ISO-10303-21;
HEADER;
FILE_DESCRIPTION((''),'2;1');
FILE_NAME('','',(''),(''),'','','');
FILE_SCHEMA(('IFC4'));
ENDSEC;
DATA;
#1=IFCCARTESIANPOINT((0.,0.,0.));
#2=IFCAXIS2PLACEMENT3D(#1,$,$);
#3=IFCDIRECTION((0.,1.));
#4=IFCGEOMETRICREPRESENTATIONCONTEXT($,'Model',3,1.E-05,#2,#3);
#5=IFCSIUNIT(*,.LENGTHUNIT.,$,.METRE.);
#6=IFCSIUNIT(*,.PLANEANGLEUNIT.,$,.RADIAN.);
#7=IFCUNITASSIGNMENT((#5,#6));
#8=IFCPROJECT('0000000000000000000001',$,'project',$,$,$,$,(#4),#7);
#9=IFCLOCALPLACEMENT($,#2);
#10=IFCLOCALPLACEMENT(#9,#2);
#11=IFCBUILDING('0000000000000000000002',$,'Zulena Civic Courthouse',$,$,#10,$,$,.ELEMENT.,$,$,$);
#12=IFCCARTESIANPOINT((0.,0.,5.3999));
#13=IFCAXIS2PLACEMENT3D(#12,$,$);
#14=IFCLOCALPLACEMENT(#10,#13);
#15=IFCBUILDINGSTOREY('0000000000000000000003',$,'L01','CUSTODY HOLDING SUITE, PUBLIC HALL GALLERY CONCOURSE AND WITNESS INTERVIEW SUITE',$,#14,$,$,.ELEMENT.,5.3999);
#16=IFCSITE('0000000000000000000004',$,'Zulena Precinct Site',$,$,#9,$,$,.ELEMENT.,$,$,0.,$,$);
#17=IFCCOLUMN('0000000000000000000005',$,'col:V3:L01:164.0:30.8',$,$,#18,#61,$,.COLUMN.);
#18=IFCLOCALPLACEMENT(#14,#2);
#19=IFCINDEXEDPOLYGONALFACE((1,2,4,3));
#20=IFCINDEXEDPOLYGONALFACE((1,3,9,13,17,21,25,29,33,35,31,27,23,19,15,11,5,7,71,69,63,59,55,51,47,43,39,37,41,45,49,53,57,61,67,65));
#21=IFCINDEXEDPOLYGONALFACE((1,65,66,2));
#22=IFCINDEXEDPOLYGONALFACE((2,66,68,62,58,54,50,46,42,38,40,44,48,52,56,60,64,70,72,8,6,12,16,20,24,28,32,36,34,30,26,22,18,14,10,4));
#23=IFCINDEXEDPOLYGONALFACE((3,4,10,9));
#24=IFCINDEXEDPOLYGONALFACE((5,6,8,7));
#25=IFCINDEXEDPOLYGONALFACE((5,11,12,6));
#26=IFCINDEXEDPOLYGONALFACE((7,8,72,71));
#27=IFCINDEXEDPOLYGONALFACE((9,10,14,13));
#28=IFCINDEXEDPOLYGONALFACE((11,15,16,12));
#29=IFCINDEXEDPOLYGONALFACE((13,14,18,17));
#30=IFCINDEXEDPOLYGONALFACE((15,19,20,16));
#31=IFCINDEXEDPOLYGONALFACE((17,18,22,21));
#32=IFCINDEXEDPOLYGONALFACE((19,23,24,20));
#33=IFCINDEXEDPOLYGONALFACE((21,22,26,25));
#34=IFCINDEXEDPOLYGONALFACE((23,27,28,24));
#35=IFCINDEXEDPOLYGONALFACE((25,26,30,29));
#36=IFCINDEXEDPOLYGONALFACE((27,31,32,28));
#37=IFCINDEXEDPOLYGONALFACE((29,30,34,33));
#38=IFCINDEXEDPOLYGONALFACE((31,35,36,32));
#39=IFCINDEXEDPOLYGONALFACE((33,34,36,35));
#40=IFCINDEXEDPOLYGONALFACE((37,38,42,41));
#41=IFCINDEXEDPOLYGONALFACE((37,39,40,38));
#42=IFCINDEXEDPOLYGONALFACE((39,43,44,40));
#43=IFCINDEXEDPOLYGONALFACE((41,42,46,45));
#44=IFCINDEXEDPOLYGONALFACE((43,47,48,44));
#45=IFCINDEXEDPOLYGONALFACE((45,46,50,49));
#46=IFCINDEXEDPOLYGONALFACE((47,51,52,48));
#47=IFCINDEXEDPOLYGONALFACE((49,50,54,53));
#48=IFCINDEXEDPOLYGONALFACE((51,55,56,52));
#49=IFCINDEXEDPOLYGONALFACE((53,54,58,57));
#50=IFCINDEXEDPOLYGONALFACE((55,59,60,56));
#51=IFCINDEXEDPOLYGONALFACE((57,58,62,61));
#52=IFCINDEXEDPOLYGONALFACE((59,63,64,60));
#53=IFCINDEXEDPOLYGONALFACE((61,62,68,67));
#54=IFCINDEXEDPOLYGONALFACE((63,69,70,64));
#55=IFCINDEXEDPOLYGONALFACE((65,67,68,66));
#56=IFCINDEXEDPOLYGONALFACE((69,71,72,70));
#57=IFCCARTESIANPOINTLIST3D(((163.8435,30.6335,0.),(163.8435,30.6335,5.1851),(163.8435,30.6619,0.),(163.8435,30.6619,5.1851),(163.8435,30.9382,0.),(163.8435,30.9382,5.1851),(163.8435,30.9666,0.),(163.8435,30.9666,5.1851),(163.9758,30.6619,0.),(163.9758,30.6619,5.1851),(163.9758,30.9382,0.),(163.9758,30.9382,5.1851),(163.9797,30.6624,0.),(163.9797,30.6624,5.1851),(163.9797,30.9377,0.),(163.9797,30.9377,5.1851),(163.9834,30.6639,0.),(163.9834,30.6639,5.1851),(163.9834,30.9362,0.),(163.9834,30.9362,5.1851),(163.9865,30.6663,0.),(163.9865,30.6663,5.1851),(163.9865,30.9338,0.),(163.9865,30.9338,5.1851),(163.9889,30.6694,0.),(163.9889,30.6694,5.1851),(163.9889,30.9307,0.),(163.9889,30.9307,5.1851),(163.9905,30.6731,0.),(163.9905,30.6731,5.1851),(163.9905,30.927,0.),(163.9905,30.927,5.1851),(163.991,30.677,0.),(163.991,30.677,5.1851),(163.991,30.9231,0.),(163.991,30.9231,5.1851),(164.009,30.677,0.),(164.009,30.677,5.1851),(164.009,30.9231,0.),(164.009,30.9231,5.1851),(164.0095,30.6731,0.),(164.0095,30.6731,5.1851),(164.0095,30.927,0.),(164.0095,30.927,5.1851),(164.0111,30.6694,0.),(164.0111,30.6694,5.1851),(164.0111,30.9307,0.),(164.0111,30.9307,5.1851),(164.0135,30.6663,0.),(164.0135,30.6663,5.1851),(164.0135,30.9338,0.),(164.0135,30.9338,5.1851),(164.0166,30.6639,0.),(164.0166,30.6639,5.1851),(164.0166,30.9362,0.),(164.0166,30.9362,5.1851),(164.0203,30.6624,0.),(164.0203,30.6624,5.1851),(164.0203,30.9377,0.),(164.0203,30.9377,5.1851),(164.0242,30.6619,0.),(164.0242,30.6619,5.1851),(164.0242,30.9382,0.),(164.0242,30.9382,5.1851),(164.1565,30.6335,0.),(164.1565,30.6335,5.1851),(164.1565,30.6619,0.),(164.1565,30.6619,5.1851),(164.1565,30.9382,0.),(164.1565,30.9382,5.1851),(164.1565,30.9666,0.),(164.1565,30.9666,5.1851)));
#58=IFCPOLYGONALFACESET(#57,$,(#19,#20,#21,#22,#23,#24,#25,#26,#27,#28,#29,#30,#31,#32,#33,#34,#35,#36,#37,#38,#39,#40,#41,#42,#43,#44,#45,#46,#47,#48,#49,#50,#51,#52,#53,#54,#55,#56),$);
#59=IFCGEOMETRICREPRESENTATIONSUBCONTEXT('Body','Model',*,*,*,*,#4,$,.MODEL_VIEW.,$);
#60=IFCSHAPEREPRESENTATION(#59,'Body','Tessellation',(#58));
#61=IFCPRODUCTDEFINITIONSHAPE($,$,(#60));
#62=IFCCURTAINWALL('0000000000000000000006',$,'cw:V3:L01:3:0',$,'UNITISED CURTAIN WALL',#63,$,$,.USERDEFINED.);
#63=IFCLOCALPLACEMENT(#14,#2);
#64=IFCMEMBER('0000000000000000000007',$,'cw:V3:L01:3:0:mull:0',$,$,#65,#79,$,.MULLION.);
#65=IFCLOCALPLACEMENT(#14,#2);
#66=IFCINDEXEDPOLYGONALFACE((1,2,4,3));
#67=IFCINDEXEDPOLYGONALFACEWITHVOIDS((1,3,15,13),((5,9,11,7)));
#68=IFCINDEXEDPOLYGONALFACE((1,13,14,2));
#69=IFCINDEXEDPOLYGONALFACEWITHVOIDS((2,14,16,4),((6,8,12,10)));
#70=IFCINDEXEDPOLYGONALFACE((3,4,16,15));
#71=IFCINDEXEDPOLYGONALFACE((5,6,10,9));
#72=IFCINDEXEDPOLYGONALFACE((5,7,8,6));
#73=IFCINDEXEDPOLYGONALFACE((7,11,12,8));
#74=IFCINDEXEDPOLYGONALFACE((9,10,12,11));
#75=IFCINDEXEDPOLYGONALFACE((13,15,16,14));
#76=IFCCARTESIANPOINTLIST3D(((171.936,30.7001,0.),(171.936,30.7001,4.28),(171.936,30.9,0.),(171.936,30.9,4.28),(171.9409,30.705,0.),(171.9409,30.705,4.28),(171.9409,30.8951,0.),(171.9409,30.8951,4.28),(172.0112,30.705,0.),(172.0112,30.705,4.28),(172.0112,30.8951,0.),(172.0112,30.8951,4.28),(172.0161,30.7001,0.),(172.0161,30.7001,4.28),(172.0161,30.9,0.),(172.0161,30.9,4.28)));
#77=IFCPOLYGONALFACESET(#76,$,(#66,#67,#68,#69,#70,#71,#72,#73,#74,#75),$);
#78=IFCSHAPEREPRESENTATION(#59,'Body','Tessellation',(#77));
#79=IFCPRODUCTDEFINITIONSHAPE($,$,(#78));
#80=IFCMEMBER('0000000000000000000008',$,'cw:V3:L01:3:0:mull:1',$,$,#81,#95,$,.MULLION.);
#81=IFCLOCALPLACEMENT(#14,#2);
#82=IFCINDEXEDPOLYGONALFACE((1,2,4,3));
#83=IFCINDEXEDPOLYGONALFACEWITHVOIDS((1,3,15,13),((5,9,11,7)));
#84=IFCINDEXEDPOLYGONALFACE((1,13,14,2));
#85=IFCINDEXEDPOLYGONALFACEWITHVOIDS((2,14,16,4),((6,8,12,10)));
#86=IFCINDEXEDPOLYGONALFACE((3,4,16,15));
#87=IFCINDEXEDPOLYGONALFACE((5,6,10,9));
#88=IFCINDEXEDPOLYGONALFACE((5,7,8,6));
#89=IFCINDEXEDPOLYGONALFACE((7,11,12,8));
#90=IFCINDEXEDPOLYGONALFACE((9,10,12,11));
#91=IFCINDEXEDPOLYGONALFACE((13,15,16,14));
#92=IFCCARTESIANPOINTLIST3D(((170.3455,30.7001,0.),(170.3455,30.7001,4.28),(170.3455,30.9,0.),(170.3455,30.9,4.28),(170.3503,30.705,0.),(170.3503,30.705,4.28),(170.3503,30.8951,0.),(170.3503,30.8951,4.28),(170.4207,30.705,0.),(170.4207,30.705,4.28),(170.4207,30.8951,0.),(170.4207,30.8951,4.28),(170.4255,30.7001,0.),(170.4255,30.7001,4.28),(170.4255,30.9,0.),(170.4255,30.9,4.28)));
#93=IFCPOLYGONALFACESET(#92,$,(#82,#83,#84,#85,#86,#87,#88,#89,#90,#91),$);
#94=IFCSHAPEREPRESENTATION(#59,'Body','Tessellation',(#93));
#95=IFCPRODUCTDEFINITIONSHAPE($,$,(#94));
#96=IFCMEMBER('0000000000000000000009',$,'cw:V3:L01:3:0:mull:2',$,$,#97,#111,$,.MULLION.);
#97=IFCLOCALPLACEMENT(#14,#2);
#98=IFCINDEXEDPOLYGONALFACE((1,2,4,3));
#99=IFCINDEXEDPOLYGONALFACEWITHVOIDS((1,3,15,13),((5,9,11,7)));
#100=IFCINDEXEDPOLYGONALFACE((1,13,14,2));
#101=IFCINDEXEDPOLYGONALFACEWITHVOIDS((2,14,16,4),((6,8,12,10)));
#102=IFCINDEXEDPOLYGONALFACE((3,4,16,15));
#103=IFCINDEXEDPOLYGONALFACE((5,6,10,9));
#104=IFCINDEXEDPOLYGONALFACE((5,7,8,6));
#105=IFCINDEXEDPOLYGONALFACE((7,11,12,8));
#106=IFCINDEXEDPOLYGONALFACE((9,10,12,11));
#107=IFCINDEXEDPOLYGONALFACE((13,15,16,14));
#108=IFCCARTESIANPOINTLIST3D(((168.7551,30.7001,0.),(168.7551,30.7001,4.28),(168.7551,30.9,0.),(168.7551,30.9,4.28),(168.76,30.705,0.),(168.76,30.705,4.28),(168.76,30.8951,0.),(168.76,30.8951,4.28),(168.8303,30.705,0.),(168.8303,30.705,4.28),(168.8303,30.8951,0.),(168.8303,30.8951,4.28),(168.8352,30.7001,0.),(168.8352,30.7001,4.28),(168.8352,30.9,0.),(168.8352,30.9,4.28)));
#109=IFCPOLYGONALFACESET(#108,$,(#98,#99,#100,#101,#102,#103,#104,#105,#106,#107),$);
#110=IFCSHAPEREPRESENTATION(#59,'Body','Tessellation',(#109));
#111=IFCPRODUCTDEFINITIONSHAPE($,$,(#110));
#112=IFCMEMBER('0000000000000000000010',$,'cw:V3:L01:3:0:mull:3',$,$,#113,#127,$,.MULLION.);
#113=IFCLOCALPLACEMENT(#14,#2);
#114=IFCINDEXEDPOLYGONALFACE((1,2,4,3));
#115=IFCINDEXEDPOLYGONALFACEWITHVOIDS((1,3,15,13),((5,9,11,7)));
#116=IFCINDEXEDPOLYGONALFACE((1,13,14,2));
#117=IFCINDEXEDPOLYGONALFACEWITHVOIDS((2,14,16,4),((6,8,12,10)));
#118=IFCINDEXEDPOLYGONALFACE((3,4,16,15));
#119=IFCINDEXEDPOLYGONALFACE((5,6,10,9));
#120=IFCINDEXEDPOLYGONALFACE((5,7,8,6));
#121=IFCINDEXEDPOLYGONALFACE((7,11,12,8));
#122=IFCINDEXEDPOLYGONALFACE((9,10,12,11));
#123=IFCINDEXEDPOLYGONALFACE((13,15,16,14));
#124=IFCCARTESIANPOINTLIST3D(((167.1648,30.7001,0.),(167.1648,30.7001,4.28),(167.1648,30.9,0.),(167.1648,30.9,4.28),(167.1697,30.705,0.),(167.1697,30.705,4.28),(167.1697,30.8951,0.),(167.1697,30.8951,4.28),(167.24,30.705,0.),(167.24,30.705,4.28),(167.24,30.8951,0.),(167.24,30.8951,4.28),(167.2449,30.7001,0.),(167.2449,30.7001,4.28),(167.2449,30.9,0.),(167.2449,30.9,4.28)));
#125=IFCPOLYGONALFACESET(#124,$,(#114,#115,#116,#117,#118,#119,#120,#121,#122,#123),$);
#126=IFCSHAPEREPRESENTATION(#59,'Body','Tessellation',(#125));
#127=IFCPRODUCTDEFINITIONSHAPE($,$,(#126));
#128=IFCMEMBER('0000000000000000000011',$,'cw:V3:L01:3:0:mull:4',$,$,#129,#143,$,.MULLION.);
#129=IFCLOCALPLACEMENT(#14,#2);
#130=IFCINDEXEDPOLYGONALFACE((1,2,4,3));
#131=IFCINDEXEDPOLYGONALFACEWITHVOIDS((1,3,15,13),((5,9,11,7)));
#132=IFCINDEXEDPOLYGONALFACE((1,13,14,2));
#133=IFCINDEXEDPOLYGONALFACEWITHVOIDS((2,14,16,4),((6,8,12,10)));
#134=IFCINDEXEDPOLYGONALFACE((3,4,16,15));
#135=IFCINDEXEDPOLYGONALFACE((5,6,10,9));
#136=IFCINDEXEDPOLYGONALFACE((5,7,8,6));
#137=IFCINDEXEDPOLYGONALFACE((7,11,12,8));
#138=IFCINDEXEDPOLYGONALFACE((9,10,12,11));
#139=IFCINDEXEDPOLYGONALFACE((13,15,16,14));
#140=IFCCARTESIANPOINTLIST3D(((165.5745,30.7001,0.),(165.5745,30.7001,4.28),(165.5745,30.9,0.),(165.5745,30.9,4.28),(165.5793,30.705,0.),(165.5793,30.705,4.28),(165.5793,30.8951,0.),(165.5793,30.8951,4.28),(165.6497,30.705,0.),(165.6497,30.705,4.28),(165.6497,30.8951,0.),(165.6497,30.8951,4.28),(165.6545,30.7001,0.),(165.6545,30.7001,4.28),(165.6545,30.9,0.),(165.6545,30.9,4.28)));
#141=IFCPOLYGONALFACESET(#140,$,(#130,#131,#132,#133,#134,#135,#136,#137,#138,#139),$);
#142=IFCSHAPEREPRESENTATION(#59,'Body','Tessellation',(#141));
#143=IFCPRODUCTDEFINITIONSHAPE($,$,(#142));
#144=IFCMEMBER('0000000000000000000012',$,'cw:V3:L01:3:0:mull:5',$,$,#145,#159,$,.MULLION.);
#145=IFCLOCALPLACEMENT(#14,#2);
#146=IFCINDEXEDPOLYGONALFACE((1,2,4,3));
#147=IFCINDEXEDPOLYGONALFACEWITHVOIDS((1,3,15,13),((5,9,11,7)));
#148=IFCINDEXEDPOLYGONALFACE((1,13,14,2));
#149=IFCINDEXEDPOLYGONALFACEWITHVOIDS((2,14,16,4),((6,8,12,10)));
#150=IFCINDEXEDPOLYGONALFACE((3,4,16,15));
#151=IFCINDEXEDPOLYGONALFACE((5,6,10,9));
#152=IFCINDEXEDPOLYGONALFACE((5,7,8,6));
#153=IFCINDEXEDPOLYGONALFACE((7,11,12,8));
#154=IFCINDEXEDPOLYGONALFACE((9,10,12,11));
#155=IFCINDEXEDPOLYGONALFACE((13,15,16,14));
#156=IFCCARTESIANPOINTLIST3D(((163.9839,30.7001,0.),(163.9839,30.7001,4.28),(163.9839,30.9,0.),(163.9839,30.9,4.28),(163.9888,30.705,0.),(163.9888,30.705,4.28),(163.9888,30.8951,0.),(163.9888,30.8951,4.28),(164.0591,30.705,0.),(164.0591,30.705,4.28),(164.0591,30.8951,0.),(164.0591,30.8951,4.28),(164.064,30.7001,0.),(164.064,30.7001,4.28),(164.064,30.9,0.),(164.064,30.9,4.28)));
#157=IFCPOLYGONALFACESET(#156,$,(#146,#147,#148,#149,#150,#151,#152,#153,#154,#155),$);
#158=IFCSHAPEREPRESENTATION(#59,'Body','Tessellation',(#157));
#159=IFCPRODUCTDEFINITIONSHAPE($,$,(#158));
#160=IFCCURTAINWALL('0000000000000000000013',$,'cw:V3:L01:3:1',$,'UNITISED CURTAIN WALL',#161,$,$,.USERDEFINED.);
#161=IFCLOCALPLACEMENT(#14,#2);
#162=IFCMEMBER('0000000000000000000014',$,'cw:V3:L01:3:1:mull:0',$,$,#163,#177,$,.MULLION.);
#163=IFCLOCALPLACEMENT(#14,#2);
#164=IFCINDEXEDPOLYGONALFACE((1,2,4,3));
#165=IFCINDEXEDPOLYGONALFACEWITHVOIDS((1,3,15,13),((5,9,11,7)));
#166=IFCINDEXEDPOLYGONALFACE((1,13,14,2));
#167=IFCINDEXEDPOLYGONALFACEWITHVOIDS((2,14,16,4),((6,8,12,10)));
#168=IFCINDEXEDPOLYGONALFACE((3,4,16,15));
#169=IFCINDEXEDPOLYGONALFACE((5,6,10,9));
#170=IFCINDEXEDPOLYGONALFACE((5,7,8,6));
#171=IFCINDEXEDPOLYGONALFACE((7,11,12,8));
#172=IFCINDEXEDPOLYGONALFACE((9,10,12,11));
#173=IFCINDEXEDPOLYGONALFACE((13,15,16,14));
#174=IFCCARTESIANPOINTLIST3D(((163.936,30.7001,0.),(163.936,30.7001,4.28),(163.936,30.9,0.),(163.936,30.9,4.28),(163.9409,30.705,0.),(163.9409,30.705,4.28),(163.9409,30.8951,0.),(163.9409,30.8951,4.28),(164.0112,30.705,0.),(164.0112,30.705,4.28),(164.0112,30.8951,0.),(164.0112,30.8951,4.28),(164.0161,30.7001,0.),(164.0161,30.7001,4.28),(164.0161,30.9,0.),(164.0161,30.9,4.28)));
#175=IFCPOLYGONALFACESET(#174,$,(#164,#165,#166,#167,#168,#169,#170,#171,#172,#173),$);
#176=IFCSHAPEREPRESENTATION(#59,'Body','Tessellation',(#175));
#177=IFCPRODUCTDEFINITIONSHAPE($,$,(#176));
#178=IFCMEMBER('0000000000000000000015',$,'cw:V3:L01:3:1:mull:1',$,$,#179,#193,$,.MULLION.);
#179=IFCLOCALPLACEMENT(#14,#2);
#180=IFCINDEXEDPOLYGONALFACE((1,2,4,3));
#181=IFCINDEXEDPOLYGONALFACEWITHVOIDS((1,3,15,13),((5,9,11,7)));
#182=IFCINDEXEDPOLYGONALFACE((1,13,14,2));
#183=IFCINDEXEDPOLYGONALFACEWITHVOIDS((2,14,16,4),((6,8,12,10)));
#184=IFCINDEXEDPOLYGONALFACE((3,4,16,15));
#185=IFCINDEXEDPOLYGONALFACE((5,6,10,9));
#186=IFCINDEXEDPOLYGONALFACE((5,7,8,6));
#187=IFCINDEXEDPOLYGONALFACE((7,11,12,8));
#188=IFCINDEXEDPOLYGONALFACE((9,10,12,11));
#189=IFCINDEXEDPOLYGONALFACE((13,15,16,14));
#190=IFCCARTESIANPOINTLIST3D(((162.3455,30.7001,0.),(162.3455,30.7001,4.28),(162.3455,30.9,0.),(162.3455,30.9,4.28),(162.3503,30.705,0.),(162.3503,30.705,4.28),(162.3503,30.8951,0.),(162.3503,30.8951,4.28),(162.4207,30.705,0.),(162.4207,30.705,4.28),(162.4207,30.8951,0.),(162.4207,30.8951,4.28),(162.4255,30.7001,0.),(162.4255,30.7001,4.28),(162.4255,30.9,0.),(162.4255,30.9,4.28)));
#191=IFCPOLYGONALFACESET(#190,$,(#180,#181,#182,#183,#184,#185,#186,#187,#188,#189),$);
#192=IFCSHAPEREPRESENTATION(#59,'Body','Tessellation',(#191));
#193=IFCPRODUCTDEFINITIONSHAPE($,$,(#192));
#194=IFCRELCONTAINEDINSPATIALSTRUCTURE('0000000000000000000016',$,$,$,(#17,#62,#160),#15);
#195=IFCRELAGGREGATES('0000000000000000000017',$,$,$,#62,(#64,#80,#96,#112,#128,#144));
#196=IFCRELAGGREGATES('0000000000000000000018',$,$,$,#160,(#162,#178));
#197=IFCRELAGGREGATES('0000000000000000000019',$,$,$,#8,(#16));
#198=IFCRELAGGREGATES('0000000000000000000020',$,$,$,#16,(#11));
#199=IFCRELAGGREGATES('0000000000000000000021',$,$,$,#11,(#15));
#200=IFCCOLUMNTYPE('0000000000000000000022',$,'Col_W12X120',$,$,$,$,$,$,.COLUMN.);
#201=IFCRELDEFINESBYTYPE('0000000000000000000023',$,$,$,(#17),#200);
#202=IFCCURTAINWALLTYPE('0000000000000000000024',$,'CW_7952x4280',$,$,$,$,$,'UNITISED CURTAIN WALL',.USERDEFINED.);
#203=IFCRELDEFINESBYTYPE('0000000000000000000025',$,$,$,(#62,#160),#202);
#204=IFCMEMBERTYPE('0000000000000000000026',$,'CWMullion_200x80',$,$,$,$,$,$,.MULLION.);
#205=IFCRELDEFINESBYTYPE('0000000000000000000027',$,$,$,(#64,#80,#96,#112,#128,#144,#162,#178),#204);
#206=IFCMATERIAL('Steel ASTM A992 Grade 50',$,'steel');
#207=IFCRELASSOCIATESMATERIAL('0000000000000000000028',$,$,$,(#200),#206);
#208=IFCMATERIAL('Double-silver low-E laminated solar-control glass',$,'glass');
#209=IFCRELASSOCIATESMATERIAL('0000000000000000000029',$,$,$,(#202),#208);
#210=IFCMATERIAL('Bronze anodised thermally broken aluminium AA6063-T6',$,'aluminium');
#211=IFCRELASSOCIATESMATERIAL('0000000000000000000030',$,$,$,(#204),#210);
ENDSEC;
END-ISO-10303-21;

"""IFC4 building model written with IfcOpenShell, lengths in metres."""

from ifc_helpers import new_model, si_unit, direction, frame, origin, origin_2d, place, context, subcontext, project, spatial, hollow_rectangle, i_section, extrude, material, material_profile, profile_set, type_object, element, aggregate, save


model = new_model("IFC4")

# Units and contexts
model_context = context("Model", 3, precision=1e-05, world=origin(), true_north=direction((0.0, 1.0)))
body_context = subcontext(model_context, "Body", "Model", "MODEL_VIEW")
ifc_project = project(units=[si_unit("LENGTHUNIT", "METRE"), si_unit("PLANEANGLEUNIT", "RADIAN")], contexts=[model_context])

# Site, building, storey
site_placement = place(None, origin())
site = spatial("IfcSite", under=ifc_project, at=site_placement, Name="Zulena Precinct Site", CompositionType="ELEMENT", RefElevation=0.0)
building_placement = place(site_placement, origin())
building = spatial("IfcBuilding", under=site, at=building_placement, Name="Zulena Civic Courthouse", CompositionType="ELEMENT")
storey_placement = place(building_placement, frame((0.0, 0.0, 5.3999)))
storey = spatial("IfcBuildingStorey", under=building, at=storey_placement, Name="L01", Description="CUSTODY HOLDING SUITE, PUBLIC HALL GALLERY CONCOURSE AND WITNESS INTERVIEW SUITE", CompositionType="ELEMENT", Elevation=5.3999)

# Column
ifc_material_1 = material(Name="Steel ASTM A992 Grade 50", Category="steel")
ifc_material_profile_1 = material_profile(ifc_material_1, i_section(OverallWidth=0.313, OverallDepth=0.333, WebThickness=0.0181, FlangeThickness=0.0283, FilletRadius=0.0151, at=origin_2d()), Name="W12X120")
ifc_profile_set_1 = profile_set([ifc_material_profile_1], Name="Steel ASTM A992 Grade 50")
column_type = type_object("IfcColumnType", Name="Col_W12X120", PredefinedType="COLUMN", material=ifc_profile_set_1)
column_placement = place(storey_placement, frame((164.0, 30.8, 0.0), z_axis=(0.0, 0.0, 1.0), x_axis=(1.0, 0.0, 0.0)))
element("IfcColumn", 1, at=column_placement, inside=storey, type_object=column_type, Name="col:V3:L01:164.0:30.8", PredefinedType="COLUMN", context=body_context, shape_type="SweptSolid", body=[
    extrude(i_section(OverallWidth=0.313, OverallDepth=0.333, WebThickness=0.0181, FlangeThickness=0.0283, FilletRadius=0.0151, at=origin_2d()), origin(), (0.0, 0.0, 1.0), 5.1851),
])

# Curtain walls, members
ifc_material_2 = material(Name="Double-silver low-E laminated solar-control glass", Category="glass")
curtain_wall_type = type_object("IfcCurtainWallType", Name="CW_7952x4280", ElementType="UNITISED CURTAIN WALL", PredefinedType="USERDEFINED", material=ifc_material_2)
curtain_wall_1_placement = place(storey_placement, origin())
curtain_wall_1 = element("IfcCurtainWall", 2, at=curtain_wall_1_placement, inside=storey, type_object=curtain_wall_type, Name="cw:V3:L01:3:0", ObjectType="UNITISED CURTAIN WALL", PredefinedType="USERDEFINED")
ifc_material_3 = material(Name="Bronze anodised thermally broken aluminium AA6063-T6", Category="aluminium")
ifc_material_profile_2 = material_profile(ifc_material_3, hollow_rectangle(XDim=0.0801, YDim=0.2, WallThickness=0.0049, at=origin_2d()), Name="CWM200X80X5")
ifc_profile_set_2 = profile_set([ifc_material_profile_2], Name="Bronze anodised thermally broken aluminium AA6063-T6")
member_type_1 = type_object("IfcMemberType", Name="CWMullion_200x80", PredefinedType="MULLION", material=ifc_profile_set_2)
member_1_placement = place(storey_placement, frame((171.9761, 30.8, 0.0), z_axis=(0.0, 0.0, 1.0), x_axis=(1.0, 0.0, 0.0)))
member_1 = element("IfcMember", 3, at=member_1_placement, type_object=member_type_1, Name="cw:V3:L01:3:0:mull:0", PredefinedType="MULLION", context=body_context, shape_type="SweptSolid", body=[
    extrude(hollow_rectangle(XDim=0.0801, YDim=0.2, WallThickness=0.0049, at=origin_2d()), origin(), (0.0, 0.0, 1.0), 4.28),
])
member_2_placement = place(storey_placement, frame((170.3855, 30.8, 0.0), z_axis=(0.0, 0.0, 1.0), x_axis=(1.0, 0.0, 0.0)))
member_2 = element("IfcMember", 4, at=member_2_placement, type_object=member_type_1, Name="cw:V3:L01:3:0:mull:1", PredefinedType="MULLION", context=body_context, shape_type="SweptSolid", body=[
    extrude(hollow_rectangle(XDim=0.0801, YDim=0.2, WallThickness=0.0049, at=origin_2d()), origin(), (0.0, 0.0, 1.0), 4.28),
])
member_3_placement = place(storey_placement, frame((168.7952, 30.8, 0.0), z_axis=(0.0, 0.0, 1.0), x_axis=(1.0, 0.0, 0.0)))
member_3 = element("IfcMember", 5, at=member_3_placement, type_object=member_type_1, Name="cw:V3:L01:3:0:mull:2", PredefinedType="MULLION", context=body_context, shape_type="SweptSolid", body=[
    extrude(hollow_rectangle(XDim=0.0801, YDim=0.2, WallThickness=0.0049, at=origin_2d()), origin(), (0.0, 0.0, 1.0), 4.28),
])
member_4_placement = place(storey_placement, frame((167.2048, 30.8, 0.0), z_axis=(0.0, 0.0, 1.0), x_axis=(1.0, 0.0, 0.0)))
member_4 = element("IfcMember", 6, at=member_4_placement, type_object=member_type_1, Name="cw:V3:L01:3:0:mull:3", PredefinedType="MULLION", context=body_context, shape_type="SweptSolid", body=[
    extrude(hollow_rectangle(XDim=0.0801, YDim=0.2, WallThickness=0.0049, at=origin_2d()), origin(), (0.0, 0.0, 1.0), 4.28),
])
member_5_placement = place(storey_placement, frame((165.6145, 30.8, 0.0), z_axis=(0.0, 0.0, 1.0), x_axis=(1.0, 0.0, 0.0)))
member_5 = element("IfcMember", 7, at=member_5_placement, type_object=member_type_1, Name="cw:V3:L01:3:0:mull:4", PredefinedType="MULLION", context=body_context, shape_type="SweptSolid", body=[
    extrude(hollow_rectangle(XDim=0.0801, YDim=0.2, WallThickness=0.0049, at=origin_2d()), origin(), (0.0, 0.0, 1.0), 4.28),
])
member_6_placement = place(storey_placement, frame((164.0239, 30.8, 0.0), z_axis=(0.0, 0.0, 1.0), x_axis=(1.0, 0.0, 0.0)))
member_6 = element("IfcMember", 8, at=member_6_placement, type_object=member_type_1, Name="cw:V3:L01:3:0:mull:5", PredefinedType="MULLION", context=body_context, shape_type="SweptSolid", body=[
    extrude(hollow_rectangle(XDim=0.0801, YDim=0.2, WallThickness=0.0049, at=origin_2d()), origin(), (0.0, 0.0, 1.0), 4.28),
])
curtain_wall_2_placement = place(storey_placement, origin())
curtain_wall_2 = element("IfcCurtainWall", 9, at=curtain_wall_2_placement, inside=storey, type_object=curtain_wall_type, Name="cw:V3:L01:3:1", ObjectType="UNITISED CURTAIN WALL", PredefinedType="USERDEFINED")
member_7_placement = place(storey_placement, frame((163.9761, 30.8, 0.0), z_axis=(0.0, 0.0, 1.0), x_axis=(1.0, 0.0, 0.0)))
member_7 = element("IfcMember", 10, at=member_7_placement, type_object=member_type_1, Name="cw:V3:L01:3:1:mull:0", PredefinedType="MULLION", context=body_context, shape_type="SweptSolid", body=[
    extrude(hollow_rectangle(XDim=0.0801, YDim=0.2, WallThickness=0.0049, at=origin_2d()), origin(), (0.0, 0.0, 1.0), 4.28),
])
member_8_placement = place(storey_placement, frame((162.3855, 30.8, 0.0), z_axis=(0.0, 0.0, 1.0), x_axis=(1.0, 0.0, 0.0)))
member_8 = element("IfcMember", 11, at=member_8_placement, type_object=member_type_1, Name="cw:V3:L01:3:1:mull:1", PredefinedType="MULLION", context=body_context, shape_type="SweptSolid", body=[
    extrude(hollow_rectangle(XDim=0.0801, YDim=0.2, WallThickness=0.0049, at=origin_2d()), origin(), (0.0, 0.0, 1.0), 4.28),
])

aggregate(curtain_wall_1, [member_1, member_2, member_3, member_4, member_5, member_6])
aggregate(curtain_wall_2, [member_7, member_8])

save(model, "model.ifc")
